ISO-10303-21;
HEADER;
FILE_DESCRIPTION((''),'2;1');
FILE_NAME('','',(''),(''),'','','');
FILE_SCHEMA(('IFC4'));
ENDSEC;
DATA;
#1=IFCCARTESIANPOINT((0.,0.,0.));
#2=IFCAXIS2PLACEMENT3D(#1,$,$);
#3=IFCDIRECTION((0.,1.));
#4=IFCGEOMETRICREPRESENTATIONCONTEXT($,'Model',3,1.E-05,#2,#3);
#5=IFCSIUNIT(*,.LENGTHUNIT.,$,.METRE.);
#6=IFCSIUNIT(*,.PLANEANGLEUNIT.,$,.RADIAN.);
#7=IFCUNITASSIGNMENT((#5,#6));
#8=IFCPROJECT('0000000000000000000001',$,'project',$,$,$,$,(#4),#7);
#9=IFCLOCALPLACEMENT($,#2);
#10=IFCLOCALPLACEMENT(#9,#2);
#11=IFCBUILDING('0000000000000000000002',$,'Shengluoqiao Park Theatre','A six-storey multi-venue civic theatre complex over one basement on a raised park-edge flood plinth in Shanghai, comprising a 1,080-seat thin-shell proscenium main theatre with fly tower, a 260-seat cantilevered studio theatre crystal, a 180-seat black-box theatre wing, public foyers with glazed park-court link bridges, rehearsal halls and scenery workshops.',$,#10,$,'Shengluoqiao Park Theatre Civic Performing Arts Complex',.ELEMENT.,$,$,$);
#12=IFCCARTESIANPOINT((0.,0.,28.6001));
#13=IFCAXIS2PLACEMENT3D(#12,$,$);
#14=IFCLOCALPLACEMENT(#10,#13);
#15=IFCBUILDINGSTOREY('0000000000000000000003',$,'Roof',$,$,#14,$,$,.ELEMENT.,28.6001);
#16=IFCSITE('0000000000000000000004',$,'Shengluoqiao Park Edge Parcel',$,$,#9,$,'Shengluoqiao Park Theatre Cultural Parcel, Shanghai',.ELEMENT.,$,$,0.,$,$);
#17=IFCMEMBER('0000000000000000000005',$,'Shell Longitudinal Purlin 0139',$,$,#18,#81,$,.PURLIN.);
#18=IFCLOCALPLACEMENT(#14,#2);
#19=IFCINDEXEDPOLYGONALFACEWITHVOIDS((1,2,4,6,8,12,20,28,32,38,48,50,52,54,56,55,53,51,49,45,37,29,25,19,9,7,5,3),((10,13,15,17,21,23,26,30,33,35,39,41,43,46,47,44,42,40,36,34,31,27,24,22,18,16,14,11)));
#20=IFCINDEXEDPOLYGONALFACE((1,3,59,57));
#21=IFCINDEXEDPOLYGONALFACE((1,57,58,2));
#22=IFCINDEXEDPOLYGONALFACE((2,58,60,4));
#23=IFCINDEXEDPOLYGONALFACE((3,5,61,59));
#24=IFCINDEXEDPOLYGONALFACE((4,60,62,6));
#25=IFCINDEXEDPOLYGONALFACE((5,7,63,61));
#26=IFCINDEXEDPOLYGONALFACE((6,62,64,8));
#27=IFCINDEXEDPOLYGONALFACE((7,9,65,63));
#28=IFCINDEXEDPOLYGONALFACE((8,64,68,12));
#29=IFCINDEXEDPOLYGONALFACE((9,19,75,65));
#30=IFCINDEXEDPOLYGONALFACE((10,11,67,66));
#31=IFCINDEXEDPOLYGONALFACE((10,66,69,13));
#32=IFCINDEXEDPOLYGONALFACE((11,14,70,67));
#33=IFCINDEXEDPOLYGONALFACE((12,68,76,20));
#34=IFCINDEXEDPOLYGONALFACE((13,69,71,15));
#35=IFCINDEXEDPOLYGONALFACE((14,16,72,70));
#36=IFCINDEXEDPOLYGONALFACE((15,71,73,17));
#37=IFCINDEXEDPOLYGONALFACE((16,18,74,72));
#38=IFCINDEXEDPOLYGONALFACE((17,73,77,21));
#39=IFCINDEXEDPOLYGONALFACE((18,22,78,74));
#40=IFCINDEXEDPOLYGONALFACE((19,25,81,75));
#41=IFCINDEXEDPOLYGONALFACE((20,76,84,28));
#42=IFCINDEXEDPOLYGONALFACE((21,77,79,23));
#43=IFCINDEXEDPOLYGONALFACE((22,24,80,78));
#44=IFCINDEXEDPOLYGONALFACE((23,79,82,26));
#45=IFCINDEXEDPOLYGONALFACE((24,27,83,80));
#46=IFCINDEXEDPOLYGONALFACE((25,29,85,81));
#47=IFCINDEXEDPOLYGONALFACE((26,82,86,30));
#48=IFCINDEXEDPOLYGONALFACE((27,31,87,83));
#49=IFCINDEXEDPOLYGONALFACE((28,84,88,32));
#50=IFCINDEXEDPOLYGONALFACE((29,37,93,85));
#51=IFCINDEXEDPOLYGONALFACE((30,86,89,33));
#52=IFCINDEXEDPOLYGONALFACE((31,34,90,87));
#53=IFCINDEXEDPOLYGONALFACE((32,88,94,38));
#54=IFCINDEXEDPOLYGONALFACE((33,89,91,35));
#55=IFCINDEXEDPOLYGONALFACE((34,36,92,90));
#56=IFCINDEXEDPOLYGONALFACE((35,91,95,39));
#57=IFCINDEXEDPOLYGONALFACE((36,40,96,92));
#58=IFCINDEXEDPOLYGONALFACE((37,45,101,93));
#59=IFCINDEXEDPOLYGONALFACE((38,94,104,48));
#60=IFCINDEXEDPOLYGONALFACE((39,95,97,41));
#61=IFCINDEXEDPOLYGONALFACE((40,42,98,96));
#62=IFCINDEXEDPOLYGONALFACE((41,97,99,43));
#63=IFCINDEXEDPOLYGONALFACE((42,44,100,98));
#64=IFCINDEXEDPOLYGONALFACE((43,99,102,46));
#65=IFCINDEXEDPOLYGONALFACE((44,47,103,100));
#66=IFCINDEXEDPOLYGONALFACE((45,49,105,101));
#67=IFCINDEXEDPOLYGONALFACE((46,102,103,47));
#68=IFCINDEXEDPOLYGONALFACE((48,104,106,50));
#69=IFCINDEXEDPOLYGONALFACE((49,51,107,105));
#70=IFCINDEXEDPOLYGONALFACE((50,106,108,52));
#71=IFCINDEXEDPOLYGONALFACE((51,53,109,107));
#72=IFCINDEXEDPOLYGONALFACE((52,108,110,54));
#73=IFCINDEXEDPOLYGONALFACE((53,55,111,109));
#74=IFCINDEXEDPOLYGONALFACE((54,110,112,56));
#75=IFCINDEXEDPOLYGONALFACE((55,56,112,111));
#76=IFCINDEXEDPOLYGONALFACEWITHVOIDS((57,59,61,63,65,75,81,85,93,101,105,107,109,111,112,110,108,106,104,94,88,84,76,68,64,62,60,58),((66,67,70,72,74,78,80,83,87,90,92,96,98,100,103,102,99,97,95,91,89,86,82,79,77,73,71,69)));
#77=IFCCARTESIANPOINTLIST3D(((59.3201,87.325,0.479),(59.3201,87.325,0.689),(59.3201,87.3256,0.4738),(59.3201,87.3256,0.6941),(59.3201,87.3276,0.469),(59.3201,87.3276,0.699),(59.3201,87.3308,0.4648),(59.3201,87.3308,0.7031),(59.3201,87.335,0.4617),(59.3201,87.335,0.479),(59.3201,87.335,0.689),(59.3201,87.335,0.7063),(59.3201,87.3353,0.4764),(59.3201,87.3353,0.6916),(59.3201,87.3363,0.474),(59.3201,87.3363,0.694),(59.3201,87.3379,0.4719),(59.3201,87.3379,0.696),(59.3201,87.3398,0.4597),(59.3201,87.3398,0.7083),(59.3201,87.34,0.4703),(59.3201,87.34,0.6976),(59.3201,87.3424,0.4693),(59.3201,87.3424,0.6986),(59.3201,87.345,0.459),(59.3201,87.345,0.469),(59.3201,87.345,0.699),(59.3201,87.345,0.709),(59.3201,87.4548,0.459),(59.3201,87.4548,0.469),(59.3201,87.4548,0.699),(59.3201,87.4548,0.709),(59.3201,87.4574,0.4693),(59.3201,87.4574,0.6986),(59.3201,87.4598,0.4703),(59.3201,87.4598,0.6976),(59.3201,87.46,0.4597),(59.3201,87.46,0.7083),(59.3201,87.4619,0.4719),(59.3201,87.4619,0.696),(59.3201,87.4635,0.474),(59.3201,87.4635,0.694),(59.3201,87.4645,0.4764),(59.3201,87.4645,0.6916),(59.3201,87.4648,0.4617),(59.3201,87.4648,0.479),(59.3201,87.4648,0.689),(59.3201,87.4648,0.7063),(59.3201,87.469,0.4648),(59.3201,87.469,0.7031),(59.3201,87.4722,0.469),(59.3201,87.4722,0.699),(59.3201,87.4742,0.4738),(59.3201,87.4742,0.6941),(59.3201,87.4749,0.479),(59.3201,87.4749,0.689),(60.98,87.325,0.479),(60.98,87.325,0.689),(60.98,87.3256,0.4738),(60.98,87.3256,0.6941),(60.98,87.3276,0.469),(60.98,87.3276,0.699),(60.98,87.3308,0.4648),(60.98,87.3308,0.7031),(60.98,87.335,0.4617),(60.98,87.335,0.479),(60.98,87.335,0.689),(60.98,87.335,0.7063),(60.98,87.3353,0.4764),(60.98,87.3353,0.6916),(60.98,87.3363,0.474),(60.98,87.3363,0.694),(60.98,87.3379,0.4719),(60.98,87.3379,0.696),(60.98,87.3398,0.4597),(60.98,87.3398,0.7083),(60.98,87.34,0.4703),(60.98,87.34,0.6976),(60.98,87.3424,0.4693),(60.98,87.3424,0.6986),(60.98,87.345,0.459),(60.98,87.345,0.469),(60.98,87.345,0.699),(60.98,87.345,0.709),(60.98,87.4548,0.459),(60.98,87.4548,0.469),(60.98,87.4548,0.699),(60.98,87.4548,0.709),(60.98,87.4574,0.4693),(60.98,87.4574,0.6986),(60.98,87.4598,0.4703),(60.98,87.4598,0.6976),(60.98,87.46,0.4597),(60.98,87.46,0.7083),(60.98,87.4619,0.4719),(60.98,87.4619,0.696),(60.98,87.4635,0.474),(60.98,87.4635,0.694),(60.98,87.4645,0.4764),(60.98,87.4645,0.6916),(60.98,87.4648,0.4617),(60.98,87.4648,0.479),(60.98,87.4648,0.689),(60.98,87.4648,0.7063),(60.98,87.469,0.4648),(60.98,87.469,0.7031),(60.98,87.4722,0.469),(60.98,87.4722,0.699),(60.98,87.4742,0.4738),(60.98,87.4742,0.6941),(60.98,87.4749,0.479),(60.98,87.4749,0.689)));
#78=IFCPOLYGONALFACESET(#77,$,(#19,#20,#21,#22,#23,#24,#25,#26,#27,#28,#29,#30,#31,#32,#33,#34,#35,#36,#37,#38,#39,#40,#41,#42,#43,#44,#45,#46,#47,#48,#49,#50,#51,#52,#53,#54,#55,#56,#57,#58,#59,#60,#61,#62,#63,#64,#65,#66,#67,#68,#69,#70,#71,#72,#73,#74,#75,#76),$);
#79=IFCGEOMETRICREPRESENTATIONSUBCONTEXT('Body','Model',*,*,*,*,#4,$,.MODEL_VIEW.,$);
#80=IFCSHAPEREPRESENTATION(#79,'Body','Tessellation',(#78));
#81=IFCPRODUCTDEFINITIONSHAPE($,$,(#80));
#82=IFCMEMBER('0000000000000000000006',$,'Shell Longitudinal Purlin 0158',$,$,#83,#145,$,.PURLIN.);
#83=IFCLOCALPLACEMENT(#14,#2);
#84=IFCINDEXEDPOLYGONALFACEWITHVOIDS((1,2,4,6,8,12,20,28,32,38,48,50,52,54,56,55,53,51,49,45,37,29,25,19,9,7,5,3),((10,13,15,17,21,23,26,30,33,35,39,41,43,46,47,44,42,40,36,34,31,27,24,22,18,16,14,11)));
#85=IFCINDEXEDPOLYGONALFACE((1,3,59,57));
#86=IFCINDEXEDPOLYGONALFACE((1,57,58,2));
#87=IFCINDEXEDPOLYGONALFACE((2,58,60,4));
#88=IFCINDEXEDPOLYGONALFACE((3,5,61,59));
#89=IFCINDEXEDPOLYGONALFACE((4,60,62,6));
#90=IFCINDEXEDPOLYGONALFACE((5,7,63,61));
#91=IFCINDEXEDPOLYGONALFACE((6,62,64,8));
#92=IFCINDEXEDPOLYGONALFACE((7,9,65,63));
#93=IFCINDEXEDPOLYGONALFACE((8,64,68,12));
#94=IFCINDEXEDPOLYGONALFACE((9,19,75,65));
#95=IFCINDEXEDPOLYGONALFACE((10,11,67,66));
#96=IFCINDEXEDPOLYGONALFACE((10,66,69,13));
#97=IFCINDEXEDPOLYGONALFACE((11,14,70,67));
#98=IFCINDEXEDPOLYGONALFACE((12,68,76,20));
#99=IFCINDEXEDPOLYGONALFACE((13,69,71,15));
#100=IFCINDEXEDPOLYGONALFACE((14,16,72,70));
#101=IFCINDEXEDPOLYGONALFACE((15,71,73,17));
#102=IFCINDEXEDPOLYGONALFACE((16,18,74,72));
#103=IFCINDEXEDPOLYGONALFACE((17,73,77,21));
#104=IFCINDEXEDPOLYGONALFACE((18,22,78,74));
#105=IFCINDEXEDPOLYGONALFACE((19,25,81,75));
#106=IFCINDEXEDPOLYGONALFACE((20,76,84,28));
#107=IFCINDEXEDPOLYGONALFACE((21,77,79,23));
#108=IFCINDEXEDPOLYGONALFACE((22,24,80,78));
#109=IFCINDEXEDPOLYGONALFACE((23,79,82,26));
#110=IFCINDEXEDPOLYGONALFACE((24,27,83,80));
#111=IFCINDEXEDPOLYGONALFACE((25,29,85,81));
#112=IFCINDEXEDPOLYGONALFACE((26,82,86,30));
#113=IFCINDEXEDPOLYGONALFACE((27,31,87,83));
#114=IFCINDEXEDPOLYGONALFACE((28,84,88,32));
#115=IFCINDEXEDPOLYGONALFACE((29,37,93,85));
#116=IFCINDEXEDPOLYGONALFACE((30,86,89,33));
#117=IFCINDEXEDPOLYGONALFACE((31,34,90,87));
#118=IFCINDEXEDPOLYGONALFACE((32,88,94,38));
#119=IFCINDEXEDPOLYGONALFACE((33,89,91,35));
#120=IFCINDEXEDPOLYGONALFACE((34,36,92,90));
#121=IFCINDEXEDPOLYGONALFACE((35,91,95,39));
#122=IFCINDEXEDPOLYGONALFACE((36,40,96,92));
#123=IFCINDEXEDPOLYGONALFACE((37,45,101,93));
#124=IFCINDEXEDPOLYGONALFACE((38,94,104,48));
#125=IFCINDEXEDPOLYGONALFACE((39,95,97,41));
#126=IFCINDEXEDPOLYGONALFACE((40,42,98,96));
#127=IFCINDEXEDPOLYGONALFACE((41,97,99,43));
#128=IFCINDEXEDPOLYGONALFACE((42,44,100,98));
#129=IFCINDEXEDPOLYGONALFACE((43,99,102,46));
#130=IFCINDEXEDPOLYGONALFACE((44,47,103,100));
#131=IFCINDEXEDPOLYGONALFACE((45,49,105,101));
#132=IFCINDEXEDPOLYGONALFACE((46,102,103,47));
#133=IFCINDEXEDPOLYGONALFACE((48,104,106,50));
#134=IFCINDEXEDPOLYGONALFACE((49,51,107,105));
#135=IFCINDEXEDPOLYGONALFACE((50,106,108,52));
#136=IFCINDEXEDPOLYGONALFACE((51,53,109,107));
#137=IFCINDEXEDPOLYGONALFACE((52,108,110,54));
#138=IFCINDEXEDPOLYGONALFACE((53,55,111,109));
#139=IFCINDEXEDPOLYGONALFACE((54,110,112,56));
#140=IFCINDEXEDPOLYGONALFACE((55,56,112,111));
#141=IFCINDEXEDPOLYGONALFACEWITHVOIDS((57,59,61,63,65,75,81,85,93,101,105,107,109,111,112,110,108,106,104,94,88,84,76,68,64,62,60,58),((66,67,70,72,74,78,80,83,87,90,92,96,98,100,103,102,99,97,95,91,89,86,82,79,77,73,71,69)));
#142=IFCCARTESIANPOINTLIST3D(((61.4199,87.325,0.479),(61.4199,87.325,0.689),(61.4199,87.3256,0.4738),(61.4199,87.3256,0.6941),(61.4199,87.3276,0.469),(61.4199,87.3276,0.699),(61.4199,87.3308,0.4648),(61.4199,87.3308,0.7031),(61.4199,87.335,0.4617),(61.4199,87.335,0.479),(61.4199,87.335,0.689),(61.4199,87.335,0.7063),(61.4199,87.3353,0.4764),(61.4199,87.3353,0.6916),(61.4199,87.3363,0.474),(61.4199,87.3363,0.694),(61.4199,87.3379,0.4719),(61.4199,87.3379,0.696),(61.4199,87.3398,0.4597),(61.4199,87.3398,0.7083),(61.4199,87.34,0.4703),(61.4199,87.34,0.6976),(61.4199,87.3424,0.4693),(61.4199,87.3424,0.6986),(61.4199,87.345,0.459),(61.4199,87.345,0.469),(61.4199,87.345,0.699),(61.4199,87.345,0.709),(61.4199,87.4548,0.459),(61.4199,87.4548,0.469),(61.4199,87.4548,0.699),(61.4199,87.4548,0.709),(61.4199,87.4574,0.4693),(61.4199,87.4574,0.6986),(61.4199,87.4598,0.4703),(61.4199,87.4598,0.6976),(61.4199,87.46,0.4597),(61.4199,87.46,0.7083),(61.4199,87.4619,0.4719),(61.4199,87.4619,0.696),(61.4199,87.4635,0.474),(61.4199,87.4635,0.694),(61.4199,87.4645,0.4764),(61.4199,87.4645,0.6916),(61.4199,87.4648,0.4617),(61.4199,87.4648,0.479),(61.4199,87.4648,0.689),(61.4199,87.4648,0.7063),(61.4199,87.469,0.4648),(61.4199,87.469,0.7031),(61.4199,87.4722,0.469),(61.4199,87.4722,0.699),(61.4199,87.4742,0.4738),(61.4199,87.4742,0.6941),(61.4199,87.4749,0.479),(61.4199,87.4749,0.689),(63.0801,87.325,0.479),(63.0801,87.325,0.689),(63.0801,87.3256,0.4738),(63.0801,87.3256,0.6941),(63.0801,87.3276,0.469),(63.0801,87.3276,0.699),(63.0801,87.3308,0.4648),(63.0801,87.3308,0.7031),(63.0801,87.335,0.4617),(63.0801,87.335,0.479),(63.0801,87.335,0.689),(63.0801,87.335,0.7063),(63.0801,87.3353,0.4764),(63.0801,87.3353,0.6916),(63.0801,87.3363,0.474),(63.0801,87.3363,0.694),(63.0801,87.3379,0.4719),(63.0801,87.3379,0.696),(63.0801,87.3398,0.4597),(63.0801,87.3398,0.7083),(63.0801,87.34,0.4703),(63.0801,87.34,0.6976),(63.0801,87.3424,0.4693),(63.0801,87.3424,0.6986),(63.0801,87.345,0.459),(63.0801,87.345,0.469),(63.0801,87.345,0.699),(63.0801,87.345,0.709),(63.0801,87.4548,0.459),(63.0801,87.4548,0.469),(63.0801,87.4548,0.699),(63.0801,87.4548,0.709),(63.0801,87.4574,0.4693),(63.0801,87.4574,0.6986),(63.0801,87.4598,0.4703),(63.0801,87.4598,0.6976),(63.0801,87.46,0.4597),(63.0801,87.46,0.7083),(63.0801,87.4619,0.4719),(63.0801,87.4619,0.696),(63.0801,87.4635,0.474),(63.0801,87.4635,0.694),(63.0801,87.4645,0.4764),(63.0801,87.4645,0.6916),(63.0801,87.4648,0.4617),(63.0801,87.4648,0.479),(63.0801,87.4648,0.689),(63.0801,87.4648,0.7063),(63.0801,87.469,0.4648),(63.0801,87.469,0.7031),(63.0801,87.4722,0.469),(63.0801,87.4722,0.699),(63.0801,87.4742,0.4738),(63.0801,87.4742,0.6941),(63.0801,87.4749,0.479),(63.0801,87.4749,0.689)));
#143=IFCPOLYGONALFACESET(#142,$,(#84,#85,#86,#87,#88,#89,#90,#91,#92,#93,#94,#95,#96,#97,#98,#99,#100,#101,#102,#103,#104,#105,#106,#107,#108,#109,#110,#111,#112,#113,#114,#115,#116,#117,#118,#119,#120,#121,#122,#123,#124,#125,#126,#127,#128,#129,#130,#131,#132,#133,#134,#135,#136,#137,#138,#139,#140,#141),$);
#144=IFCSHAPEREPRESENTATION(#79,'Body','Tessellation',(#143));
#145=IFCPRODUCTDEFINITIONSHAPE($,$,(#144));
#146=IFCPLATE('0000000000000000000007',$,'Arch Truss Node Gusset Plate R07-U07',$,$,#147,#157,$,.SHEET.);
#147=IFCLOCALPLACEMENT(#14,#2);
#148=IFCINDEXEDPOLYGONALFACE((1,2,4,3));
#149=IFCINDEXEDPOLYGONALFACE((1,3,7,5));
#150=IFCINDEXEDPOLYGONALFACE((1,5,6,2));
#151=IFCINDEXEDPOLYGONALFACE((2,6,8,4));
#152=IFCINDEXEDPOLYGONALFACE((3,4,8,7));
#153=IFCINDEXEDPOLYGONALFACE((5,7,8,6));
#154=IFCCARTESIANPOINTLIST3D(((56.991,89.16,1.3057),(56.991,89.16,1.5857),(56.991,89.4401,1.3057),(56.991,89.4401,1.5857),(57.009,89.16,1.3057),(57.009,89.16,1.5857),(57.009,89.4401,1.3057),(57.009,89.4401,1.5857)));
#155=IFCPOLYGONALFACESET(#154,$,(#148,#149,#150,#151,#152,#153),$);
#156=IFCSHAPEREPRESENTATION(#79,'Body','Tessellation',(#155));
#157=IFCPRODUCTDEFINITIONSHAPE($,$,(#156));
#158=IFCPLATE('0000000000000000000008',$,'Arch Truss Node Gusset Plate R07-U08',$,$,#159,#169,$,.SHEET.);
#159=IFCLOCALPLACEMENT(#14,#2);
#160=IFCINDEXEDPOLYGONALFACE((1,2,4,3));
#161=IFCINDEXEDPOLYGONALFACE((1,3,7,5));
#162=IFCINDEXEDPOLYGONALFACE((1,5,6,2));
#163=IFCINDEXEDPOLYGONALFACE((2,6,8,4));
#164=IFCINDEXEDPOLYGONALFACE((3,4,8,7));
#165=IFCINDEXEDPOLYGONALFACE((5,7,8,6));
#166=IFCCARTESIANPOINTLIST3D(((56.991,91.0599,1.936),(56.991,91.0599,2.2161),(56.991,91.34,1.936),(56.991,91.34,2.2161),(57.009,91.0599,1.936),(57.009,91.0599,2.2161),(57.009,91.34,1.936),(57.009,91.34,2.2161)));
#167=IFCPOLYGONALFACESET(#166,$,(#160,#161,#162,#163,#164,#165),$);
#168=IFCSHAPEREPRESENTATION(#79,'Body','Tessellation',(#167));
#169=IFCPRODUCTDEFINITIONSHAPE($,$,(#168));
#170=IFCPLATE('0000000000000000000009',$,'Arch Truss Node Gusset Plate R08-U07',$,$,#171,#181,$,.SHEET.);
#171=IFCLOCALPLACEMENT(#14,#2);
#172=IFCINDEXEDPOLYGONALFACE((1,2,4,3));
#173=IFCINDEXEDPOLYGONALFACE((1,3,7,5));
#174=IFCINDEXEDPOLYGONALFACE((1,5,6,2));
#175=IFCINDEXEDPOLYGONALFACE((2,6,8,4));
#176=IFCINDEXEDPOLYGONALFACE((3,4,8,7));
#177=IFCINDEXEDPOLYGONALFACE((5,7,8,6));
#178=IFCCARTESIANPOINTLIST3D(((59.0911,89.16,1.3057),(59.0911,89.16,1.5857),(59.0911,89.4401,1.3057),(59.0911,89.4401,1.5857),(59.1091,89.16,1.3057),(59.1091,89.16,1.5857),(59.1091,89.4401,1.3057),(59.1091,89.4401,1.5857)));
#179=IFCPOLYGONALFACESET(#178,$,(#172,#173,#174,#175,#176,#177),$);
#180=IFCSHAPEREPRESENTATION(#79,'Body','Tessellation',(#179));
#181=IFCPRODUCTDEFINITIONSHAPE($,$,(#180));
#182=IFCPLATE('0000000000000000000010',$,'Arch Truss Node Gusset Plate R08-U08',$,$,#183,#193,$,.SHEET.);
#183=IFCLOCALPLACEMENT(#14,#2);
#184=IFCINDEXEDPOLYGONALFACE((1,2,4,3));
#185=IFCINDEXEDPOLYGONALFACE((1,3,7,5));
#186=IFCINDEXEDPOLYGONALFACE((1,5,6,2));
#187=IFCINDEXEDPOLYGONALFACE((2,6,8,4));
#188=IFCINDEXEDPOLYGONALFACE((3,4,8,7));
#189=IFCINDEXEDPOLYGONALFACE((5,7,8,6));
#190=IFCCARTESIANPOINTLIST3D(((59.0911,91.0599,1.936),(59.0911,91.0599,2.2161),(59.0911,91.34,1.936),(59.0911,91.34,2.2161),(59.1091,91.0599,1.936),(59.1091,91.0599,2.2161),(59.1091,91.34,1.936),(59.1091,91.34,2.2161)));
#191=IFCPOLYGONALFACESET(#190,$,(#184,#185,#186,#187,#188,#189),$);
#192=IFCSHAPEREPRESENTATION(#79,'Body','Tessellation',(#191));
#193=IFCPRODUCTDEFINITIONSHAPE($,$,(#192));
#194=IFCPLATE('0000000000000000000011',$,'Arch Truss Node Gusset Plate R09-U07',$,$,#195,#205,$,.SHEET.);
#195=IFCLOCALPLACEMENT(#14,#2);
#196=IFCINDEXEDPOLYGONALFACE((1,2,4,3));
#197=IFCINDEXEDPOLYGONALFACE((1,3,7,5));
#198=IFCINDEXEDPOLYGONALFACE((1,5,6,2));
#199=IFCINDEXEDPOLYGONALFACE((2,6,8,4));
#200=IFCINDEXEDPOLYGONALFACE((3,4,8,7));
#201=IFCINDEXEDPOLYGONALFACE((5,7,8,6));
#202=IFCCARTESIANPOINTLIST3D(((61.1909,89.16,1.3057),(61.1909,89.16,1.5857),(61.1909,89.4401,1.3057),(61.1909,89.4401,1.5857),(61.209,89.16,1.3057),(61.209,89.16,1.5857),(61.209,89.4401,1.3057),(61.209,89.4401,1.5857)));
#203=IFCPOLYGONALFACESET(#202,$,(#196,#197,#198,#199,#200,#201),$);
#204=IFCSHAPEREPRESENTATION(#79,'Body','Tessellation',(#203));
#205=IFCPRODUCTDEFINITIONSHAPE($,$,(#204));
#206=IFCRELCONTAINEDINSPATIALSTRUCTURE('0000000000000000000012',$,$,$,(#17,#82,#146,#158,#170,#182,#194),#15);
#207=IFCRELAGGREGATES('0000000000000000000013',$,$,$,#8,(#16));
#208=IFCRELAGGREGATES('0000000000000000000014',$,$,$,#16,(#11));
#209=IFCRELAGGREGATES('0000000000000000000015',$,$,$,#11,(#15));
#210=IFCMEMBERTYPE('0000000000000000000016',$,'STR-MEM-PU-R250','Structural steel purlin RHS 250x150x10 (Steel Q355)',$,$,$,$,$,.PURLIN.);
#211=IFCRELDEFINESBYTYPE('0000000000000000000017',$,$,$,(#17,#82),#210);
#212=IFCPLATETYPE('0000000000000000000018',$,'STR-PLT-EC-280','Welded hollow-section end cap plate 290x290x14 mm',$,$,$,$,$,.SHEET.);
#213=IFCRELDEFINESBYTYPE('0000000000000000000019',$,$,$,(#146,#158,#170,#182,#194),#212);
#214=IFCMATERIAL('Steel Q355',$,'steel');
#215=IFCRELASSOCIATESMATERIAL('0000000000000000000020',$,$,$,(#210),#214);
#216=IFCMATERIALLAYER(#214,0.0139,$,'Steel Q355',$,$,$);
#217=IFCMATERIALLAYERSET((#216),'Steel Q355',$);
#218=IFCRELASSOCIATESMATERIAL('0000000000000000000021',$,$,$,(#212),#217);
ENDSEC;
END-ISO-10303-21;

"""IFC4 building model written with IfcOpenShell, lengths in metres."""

from ifc_helpers import new_model, si_unit, direction, frame, origin, origin_2d, place, context, subcontext, project, spatial, rectangle, hollow_rectangle, extrude, material, layer, layer_set, material_profile, profile_set, type_object, element, save


model = new_model("IFC4")

# Units and contexts
model_context = context("Model", 3, precision=1e-05, world=origin(), true_north=direction((0.0, 1.0)))
body_context = subcontext(model_context, "Body", "Model", "MODEL_VIEW")
ifc_project = project(units=[si_unit("LENGTHUNIT", "METRE"), si_unit("PLANEANGLEUNIT", "RADIAN")], contexts=[model_context])

# Site, building, storey
site_placement = place(None, origin())
site = spatial("IfcSite", under=ifc_project, at=site_placement, Name="Shengluoqiao Park Edge Parcel", LongName="Shengluoqiao Park Theatre Cultural Parcel, Shanghai", CompositionType="ELEMENT", RefElevation=0.0)
building_placement = place(site_placement, origin())
building = spatial("IfcBuilding", under=site, at=building_placement, Name="Shengluoqiao Park Theatre", Description="A six-storey multi-venue civic theatre complex over one basement on a raised park-edge flood plinth in Shanghai, comprising a 1,080-seat thin-shell proscenium main theatre with fly tower, a 260-seat cantilevered studio theatre crystal, a 180-seat black-box theatre wing, public foyers with glazed park-court link bridges, rehearsal halls and scenery workshops.", LongName="Shengluoqiao Park Theatre Civic Performing Arts Complex", CompositionType="ELEMENT")
storey_placement = place(building_placement, frame((0.0, 0.0, 28.6001)))
storey = spatial("IfcBuildingStorey", under=building, at=storey_placement, Name="Roof", CompositionType="ELEMENT", Elevation=28.6001)

# Shared definitions
ifc_material_1 = material(Name="Steel Q355", Category="steel")

# Members
ifc_material_profile_1 = material_profile(ifc_material_1, hollow_rectangle(XDim=0.1499, YDim=0.25, WallThickness=0.01, InnerFilletRadius=0.01, OuterFilletRadius=0.02, at=origin_2d()), Name="RHS 250x150x10")
ifc_profile_set_1 = profile_set([ifc_material_profile_1], Name="Steel Q355")
member_type_1 = type_object("IfcMemberType", Name="STR-MEM-PU-R250", Description="Structural steel purlin RHS 250x150x10 (Steel Q355)", PredefinedType="PURLIN", material=ifc_profile_set_1)
member_1_placement = place(storey_placement, frame((59.3201, 87.3999, 0.584), z_axis=(1.0, 0.0, 0.0), x_axis=(0.0, 1.0, 0.0)))
element("IfcMember", 1, at=member_1_placement, inside=storey, type_object=member_type_1, Name="Shell Longitudinal Purlin 0139", PredefinedType="PURLIN", context=body_context, shape_type="SweptSolid", body=[
    extrude(hollow_rectangle(XDim=0.1499, YDim=0.25, WallThickness=0.01, InnerFilletRadius=0.01, OuterFilletRadius=0.02, at=origin_2d()), origin(), (0.0, 0.0, 1.0), 1.6599),
])
member_2_placement = place(storey_placement, frame((61.4199, 87.3999, 0.584), z_axis=(1.0, 0.0, 0.0), x_axis=(0.0, 1.0, 0.0)))
element("IfcMember", 2, at=member_2_placement, inside=storey, type_object=member_type_1, Name="Shell Longitudinal Purlin 0158", PredefinedType="PURLIN", context=body_context, shape_type="SweptSolid", body=[
    extrude(hollow_rectangle(XDim=0.1499, YDim=0.25, WallThickness=0.01, InnerFilletRadius=0.01, OuterFilletRadius=0.02, at=origin_2d()), origin(), (0.0, 0.0, 1.0), 1.6602),
])

# Plates
ifc_layer_1 = layer(ifc_material_1, 0.0139, Name="Steel Q355")
ifc_layer_set_1 = layer_set([ifc_layer_1], Name="Steel Q355")
plate_type_1 = type_object("IfcPlateType", Name="STR-PLT-EC-280", Description="Welded hollow-section end cap plate 290x290x14 mm", PredefinedType="SHEET", material=ifc_layer_set_1)
for number, where, z_axis, x_axis, name in (
    (3, (57.0, 89.3, 1.3057), (0.0, 0.0, 1.0), (1.0, 0.0, 0.0), "Arch Truss Node Gusset Plate R07-U07"),
    (4, (57.0, 91.2, 1.936), (0.0, 0.0, 1.0), (1.0, 0.0, 0.0), "Arch Truss Node Gusset Plate R07-U08"),
    (5, (59.1001, 89.3, 1.3057), (0.0, 0.0, 1.0), (1.0, 0.0, 0.0), "Arch Truss Node Gusset Plate R08-U07"),
    (6, (59.1001, 91.2, 1.936), (0.0, 0.0, 1.0), (1.0, 0.0, 0.0), "Arch Truss Node Gusset Plate R08-U08"),
    (7, (61.2, 89.3, 1.3057), (0.0, 0.0, 1.0), (1.0, 0.0, 0.0), "Arch Truss Node Gusset Plate R09-U07"),
):
    element("IfcPlate", number, at=place(storey_placement, frame(where, z_axis=z_axis, x_axis=x_axis)), inside=storey, type_object=plate_type_1, Name=name, PredefinedType="SHEET", context=body_context, shape_type="SweptSolid", body=[
        extrude(rectangle(XDim=0.0181, YDim=0.28, at=origin_2d()), origin(), (0.0, 0.0, 1.0), 0.28),
    ])

save(model, "model.ifc")
